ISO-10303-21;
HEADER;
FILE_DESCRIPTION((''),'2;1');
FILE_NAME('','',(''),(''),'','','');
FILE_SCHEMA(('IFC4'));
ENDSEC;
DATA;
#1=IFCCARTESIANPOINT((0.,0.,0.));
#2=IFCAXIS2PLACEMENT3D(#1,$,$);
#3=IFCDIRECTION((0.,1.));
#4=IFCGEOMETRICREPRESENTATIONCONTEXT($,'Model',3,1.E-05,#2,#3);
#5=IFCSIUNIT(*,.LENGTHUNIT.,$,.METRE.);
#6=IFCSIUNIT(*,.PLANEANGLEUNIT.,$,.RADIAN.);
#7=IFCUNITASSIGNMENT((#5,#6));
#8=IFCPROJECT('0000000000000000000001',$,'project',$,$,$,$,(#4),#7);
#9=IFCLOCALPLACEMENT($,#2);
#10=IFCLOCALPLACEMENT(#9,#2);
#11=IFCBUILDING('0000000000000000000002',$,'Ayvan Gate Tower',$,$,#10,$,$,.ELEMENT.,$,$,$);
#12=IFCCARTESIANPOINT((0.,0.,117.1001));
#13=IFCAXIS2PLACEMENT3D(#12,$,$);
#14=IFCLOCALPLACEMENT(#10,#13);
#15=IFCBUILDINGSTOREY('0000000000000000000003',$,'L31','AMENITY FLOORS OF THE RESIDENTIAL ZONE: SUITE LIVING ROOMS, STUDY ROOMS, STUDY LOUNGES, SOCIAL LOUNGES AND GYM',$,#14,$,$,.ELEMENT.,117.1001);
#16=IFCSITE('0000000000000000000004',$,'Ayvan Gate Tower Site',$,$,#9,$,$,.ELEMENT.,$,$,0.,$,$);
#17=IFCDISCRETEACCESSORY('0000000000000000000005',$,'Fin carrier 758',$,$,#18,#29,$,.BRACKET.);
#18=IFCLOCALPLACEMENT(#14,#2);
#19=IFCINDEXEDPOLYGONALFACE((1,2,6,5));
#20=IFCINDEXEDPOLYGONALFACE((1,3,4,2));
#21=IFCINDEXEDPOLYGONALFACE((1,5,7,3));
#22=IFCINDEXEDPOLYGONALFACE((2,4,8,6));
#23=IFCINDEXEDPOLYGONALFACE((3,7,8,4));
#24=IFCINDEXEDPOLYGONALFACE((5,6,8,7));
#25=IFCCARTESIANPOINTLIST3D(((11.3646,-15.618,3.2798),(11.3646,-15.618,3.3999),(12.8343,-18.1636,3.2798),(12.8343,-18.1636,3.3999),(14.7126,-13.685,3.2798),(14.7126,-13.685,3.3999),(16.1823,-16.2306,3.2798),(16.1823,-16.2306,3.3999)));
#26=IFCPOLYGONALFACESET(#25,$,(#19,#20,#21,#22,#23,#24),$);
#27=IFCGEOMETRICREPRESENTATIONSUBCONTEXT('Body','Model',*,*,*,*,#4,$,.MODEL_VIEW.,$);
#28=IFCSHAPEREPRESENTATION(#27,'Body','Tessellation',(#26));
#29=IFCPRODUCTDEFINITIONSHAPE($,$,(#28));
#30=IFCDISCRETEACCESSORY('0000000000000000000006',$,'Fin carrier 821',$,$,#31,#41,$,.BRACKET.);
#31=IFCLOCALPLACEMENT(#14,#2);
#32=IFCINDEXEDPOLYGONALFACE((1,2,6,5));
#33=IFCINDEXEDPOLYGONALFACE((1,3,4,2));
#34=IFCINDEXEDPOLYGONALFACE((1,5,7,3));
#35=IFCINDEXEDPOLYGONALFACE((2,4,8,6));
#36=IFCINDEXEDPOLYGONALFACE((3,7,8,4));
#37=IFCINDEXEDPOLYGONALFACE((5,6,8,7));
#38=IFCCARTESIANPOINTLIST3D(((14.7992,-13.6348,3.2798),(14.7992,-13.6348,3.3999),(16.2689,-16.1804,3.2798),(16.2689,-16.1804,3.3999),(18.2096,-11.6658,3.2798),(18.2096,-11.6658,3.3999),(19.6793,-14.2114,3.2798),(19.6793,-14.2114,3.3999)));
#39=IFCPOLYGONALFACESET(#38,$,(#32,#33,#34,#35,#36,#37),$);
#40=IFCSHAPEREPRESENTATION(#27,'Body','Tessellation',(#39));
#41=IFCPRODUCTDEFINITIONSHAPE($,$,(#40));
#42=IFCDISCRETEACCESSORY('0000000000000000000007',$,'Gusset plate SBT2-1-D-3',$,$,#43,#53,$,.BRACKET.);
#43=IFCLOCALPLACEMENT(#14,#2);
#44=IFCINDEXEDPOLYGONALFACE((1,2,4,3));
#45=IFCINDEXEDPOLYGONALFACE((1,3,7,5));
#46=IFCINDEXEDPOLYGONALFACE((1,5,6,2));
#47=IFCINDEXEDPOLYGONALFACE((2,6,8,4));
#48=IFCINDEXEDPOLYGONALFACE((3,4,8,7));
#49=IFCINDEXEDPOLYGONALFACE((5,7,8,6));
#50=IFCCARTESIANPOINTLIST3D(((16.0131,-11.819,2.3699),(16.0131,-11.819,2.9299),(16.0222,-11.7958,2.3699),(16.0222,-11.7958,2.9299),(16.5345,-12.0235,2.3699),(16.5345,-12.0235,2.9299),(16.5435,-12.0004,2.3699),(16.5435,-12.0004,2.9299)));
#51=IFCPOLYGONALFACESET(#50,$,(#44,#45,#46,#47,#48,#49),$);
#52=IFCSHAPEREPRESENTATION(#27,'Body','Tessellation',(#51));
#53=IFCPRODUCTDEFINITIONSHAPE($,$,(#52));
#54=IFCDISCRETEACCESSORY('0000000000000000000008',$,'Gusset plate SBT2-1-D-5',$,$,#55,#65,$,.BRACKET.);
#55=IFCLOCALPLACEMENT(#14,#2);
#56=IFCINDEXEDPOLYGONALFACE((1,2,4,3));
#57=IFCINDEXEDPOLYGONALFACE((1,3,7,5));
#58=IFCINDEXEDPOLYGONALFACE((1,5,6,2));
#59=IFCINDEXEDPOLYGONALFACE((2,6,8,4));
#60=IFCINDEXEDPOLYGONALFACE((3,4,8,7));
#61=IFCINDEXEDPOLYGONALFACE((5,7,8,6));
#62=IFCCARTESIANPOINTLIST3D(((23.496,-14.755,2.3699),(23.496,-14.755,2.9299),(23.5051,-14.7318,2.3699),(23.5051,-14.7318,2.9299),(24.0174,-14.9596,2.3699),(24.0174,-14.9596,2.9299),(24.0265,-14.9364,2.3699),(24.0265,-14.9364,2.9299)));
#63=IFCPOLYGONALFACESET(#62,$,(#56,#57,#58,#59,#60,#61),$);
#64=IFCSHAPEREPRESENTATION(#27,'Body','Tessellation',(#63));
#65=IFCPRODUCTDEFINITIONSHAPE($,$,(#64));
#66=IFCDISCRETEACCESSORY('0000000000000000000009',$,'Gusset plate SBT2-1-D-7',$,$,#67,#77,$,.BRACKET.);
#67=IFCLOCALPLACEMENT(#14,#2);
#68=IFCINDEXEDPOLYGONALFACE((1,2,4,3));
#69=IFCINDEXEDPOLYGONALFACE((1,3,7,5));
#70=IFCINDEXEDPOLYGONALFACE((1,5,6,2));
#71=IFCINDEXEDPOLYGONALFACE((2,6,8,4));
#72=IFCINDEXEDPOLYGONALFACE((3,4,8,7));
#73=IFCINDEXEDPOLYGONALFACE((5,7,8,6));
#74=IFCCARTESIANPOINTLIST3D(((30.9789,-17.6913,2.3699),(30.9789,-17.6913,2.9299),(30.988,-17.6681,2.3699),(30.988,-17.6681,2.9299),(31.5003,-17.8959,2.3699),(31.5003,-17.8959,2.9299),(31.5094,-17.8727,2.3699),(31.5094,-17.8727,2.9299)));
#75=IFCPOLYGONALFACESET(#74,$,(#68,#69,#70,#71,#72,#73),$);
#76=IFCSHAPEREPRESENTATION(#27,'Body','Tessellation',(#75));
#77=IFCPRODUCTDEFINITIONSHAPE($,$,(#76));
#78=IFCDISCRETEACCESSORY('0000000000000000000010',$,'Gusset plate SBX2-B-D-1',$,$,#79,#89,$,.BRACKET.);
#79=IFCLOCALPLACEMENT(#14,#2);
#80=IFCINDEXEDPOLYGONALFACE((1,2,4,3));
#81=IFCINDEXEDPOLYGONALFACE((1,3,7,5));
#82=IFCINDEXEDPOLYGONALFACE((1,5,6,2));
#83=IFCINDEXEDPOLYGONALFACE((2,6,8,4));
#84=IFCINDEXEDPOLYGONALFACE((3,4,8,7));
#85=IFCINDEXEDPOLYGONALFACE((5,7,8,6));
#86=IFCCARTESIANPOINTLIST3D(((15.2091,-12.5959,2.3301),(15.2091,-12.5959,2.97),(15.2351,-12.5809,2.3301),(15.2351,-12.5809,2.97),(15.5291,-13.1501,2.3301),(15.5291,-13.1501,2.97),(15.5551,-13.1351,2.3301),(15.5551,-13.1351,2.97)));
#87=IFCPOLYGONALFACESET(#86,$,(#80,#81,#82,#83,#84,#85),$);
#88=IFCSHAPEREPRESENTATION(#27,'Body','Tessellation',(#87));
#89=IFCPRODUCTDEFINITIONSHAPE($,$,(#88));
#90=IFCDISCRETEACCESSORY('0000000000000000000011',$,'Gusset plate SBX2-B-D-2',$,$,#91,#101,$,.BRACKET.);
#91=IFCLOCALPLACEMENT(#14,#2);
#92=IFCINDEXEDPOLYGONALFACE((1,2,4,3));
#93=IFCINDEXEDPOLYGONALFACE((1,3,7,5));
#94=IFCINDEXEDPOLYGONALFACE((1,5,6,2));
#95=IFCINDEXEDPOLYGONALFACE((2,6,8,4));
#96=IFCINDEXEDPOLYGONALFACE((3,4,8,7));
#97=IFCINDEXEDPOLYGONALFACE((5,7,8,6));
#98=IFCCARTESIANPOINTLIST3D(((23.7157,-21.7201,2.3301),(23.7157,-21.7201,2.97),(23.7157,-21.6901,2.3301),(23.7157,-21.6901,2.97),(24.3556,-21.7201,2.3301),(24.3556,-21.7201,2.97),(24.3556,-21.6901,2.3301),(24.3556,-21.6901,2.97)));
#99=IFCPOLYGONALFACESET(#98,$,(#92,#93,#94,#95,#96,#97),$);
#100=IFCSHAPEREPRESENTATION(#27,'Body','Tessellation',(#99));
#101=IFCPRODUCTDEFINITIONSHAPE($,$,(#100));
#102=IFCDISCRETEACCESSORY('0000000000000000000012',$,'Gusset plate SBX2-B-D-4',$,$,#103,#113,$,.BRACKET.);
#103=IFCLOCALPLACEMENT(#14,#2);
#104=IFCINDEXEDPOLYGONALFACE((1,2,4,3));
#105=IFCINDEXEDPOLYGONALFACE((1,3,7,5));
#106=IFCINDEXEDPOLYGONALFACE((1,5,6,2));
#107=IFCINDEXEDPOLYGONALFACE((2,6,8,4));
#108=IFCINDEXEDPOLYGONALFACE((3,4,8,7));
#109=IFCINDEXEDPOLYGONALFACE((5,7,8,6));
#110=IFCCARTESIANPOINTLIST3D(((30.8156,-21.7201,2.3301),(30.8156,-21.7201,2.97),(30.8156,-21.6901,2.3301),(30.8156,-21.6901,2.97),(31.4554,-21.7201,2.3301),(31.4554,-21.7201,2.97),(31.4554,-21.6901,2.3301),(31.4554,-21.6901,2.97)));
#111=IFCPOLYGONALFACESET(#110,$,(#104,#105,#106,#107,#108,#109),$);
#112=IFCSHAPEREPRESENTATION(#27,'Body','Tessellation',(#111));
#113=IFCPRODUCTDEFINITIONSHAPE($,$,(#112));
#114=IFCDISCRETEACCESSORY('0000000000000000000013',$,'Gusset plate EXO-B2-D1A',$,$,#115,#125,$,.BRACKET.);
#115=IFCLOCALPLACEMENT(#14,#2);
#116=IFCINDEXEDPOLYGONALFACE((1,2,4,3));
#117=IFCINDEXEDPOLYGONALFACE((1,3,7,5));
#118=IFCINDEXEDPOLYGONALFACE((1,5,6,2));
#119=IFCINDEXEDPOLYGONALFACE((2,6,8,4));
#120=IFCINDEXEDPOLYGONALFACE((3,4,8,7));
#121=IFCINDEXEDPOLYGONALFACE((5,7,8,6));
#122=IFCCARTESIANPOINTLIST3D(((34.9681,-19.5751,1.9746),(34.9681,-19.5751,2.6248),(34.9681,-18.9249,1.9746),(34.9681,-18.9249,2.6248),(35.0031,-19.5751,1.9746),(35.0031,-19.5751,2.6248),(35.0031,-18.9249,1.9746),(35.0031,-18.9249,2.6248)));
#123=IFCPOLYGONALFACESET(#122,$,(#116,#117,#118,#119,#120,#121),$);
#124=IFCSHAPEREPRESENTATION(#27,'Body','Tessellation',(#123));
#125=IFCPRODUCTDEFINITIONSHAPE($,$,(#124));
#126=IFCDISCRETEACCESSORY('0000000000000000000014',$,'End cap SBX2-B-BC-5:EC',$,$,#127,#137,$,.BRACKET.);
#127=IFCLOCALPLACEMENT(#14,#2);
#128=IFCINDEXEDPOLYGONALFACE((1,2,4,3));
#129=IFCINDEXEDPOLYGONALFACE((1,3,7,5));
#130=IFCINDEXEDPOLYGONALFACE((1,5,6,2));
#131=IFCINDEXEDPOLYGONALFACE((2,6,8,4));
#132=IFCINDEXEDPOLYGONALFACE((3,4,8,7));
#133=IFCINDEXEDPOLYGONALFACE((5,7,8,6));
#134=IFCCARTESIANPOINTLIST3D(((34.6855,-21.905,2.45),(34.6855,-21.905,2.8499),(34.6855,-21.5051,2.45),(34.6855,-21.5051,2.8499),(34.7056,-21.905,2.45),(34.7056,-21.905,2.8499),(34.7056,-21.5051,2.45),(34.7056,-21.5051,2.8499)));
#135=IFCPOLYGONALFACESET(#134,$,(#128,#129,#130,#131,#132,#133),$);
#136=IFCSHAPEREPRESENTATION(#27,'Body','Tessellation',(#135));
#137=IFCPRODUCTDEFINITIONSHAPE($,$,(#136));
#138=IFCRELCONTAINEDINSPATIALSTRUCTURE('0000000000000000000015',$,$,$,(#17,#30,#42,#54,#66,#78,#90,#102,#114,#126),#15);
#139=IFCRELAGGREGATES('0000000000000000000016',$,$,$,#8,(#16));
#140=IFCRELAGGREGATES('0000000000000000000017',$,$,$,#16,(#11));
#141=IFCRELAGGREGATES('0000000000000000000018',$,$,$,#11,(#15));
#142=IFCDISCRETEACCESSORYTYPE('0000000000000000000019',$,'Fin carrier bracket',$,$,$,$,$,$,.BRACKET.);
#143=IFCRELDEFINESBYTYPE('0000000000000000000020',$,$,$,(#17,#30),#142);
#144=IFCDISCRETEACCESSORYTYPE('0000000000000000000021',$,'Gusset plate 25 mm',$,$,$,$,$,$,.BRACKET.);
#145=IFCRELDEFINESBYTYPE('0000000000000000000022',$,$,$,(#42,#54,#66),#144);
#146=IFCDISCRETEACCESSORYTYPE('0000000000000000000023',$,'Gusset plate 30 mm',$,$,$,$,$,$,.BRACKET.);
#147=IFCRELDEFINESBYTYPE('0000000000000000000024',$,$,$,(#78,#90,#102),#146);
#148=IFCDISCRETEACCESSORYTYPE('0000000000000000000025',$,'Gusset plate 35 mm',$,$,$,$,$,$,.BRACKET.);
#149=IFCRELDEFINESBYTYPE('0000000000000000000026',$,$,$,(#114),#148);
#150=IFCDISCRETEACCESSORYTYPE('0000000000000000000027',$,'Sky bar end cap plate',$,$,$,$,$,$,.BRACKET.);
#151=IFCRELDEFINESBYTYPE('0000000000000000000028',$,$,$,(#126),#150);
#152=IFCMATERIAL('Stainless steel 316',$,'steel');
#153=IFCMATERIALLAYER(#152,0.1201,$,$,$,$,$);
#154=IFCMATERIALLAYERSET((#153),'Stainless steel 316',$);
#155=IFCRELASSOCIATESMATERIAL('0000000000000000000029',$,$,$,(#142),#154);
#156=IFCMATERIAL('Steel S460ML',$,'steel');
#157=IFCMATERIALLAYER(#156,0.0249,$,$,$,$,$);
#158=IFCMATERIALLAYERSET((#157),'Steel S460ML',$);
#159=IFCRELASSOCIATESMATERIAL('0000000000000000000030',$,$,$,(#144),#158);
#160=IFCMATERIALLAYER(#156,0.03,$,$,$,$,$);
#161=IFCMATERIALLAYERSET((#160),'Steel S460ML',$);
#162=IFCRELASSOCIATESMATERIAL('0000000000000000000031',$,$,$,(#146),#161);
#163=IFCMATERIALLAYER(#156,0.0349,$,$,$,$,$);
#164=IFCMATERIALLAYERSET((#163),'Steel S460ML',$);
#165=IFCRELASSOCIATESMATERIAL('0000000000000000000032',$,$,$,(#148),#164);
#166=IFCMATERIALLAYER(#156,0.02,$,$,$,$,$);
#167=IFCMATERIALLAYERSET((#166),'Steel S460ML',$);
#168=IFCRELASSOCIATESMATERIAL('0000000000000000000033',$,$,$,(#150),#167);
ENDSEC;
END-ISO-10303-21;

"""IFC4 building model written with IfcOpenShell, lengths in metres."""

from ifc_helpers import new_model, si_unit, direction, frame, origin, origin_2d, place, context, subcontext, project, spatial, rectangle, extrude, material, layer, layer_set, type_object, element, save


model = new_model("IFC4")

# Units and contexts
model_context = context("Model", 3, precision=1e-05, world=origin(), true_north=direction((0.0, 1.0)))
body_context = subcontext(model_context, "Body", "Model", "MODEL_VIEW")
ifc_project = project(units=[si_unit("LENGTHUNIT", "METRE"), si_unit("PLANEANGLEUNIT", "RADIAN")], contexts=[model_context])

# Site, building, storey
site_placement = place(None, origin())
site = spatial("IfcSite", under=ifc_project, at=site_placement, Name="Ayvan Gate Tower Site", CompositionType="ELEMENT", RefElevation=0.0)
building_placement = place(site_placement, origin())
building = spatial("IfcBuilding", under=site, at=building_placement, Name="Ayvan Gate Tower", CompositionType="ELEMENT")
storey_placement = place(building_placement, frame((0.0, 0.0, 117.1001)))
storey = spatial("IfcBuildingStorey", under=building, at=storey_placement, Name="L31", Description="AMENITY FLOORS OF THE RESIDENTIAL ZONE: SUITE LIVING ROOMS, STUDY ROOMS, STUDY LOUNGES, SOCIAL LOUNGES AND GYM", CompositionType="ELEMENT", Elevation=117.1001)

# Discrete accessories
ifc_material_1 = material(Name="Stainless steel 316", Category="steel")
ifc_layer_1 = layer(ifc_material_1, 0.1201)
ifc_layer_set_1 = layer_set([ifc_layer_1], Name="Stainless steel 316")
discrete_accessory_type_1 = type_object("IfcDiscreteAccessoryType", Name="Fin carrier bracket", PredefinedType="BRACKET", material=ifc_layer_set_1)
discrete_accessory_1_placement = place(storey_placement, frame((13.7734, -15.9243, 3.2798), z_axis=(0.0, 0.0, 1.0), x_axis=(0.866025, 0.5, 0.0)))
element("IfcDiscreteAccessory", 1, at=discrete_accessory_1_placement, inside=storey, type_object=discrete_accessory_type_1, Name="Fin carrier 758", PredefinedType="BRACKET", context=body_context, shape_type="SweptSolid", body=[
    extrude(rectangle(XDim=3.866, YDim=2.9395, at=origin_2d()), origin(), (0.0, 0.0, 1.0), 0.1201),
])
discrete_accessory_2_placement = place(storey_placement, frame((17.2393, -13.9231, 3.2798), z_axis=(0.0, 0.0, 1.0), x_axis=(0.866025, 0.5, 0.0)))
element("IfcDiscreteAccessory", 2, at=discrete_accessory_2_placement, inside=storey, type_object=discrete_accessory_type_1, Name="Fin carrier 821", PredefinedType="BRACKET", context=body_context, shape_type="SweptSolid", body=[
    extrude(rectangle(XDim=3.938, YDim=2.9395, at=origin_2d()), origin(), (0.0, 0.0, 1.0), 0.1201),
])
ifc_material_2 = material(Name="Steel S460ML", Category="steel")
ifc_layer_2 = layer(ifc_material_2, 0.0249)
ifc_layer_set_2 = layer_set([ifc_layer_2], Name="Steel S460ML")
discrete_accessory_type_2 = type_object("IfcDiscreteAccessoryType", Name="Gusset plate 25 mm", PredefinedType="BRACKET", material=ifc_layer_set_2)
for number, where, z_axis, x_axis, name in (
    (3, (16.2783, -11.9097, 2.3699), (0.0, 0.0, 1.0), (-0.930903, 0.365267, 0.0), "Gusset plate SBT2-1-D-3"),
    (4, (23.7612, -14.8457, 2.3699), (0.0, 0.0, 1.0), (-0.930903, 0.365267, 0.0), "Gusset plate SBT2-1-D-5"),
    (5, (31.2441, -17.782, 2.3699), (0.0, 0.0, 1.0), (-0.930903, 0.365267, 0.0), "Gusset plate SBT2-1-D-7"),
):
    element("IfcDiscreteAccessory", number, at=place(storey_placement, frame(where, z_axis=z_axis, x_axis=x_axis)), inside=storey, type_object=discrete_accessory_type_2, Name=name, PredefinedType="BRACKET", context=body_context, shape_type="SweptSolid", body=[
        extrude(rectangle(XDim=0.5601, YDim=0.0249, at=origin_2d()), origin(), (0.0, 0.0, 1.0), 0.5601),
    ])
ifc_layer_3 = layer(ifc_material_2, 0.03)
ifc_layer_set_3 = layer_set([ifc_layer_3], Name="Steel S460ML")
discrete_accessory_type_3 = type_object("IfcDiscreteAccessoryType", Name="Gusset plate 30 mm", PredefinedType="BRACKET", material=ifc_layer_set_3)
for number, where, z_axis, x_axis, name in (
    (6, (15.3821, -12.8655, 2.3301), (0.0, 0.0, 1.0), (-0.5, 0.866025, 0.0), "Gusset plate SBX2-B-D-1"),
    (7, (24.0356, -21.7051, 2.3301), (0.0, 0.0, 1.0), (1.0, 0.0, 0.0), "Gusset plate SBX2-B-D-2"),
    (8, (31.1355, -21.7051, 2.3301), (0.0, 0.0, 1.0), (1.0, 0.0, 0.0), "Gusset plate SBX2-B-D-4"),
):
    element("IfcDiscreteAccessory", number, at=place(storey_placement, frame(where, z_axis=z_axis, x_axis=x_axis)), inside=storey, type_object=discrete_accessory_type_3, Name=name, PredefinedType="BRACKET", context=body_context, shape_type="SweptSolid", body=[
        extrude(rectangle(XDim=0.6399, YDim=0.03, at=origin_2d()), origin(), (0.0, 0.0, 1.0), 0.6399),
    ])
ifc_layer_4 = layer(ifc_material_2, 0.0349)
ifc_layer_set_4 = layer_set([ifc_layer_4], Name="Steel S460ML")
discrete_accessory_type_4 = type_object("IfcDiscreteAccessoryType", Name="Gusset plate 35 mm", PredefinedType="BRACKET", material=ifc_layer_set_4)
discrete_accessory_3_placement = place(storey_placement, frame((34.9856, -19.25, 1.9746), z_axis=(0.0, 0.0, 1.0), x_axis=(0.0, 1.0, 0.0)))
element("IfcDiscreteAccessory", 9, at=discrete_accessory_3_placement, inside=storey, type_object=discrete_accessory_type_4, Name="Gusset plate EXO-B2-D1A", PredefinedType="BRACKET", context=body_context, shape_type="SweptSolid", body=[
    extrude(rectangle(XDim=0.6501, YDim=0.0349, at=origin_2d()), origin(), (0.0, 0.0, 1.0), 0.6501),
])
ifc_layer_5 = layer(ifc_material_2, 0.02)
ifc_layer_set_5 = layer_set([ifc_layer_5], Name="Steel S460ML")
discrete_accessory_type_5 = type_object("IfcDiscreteAccessoryType", Name="Sky bar end cap plate", PredefinedType="BRACKET", material=ifc_layer_set_5)
discrete_accessory_4_placement = place(storey_placement, frame((34.6956, -21.7051, 2.45), z_axis=(0.0, 0.0, 1.0), x_axis=(1.0, 0.0, 0.0)))
element("IfcDiscreteAccessory", 10, at=discrete_accessory_4_placement, inside=storey, type_object=discrete_accessory_type_5, Name="End cap SBX2-B-BC-5:EC", PredefinedType="BRACKET", context=body_context, shape_type="SweptSolid", body=[
    extrude(rectangle(XDim=0.02, YDim=0.3999, at=origin_2d()), origin(), (0.0, 0.0, 1.0), 0.3999),
])

save(model, "model.ifc")
